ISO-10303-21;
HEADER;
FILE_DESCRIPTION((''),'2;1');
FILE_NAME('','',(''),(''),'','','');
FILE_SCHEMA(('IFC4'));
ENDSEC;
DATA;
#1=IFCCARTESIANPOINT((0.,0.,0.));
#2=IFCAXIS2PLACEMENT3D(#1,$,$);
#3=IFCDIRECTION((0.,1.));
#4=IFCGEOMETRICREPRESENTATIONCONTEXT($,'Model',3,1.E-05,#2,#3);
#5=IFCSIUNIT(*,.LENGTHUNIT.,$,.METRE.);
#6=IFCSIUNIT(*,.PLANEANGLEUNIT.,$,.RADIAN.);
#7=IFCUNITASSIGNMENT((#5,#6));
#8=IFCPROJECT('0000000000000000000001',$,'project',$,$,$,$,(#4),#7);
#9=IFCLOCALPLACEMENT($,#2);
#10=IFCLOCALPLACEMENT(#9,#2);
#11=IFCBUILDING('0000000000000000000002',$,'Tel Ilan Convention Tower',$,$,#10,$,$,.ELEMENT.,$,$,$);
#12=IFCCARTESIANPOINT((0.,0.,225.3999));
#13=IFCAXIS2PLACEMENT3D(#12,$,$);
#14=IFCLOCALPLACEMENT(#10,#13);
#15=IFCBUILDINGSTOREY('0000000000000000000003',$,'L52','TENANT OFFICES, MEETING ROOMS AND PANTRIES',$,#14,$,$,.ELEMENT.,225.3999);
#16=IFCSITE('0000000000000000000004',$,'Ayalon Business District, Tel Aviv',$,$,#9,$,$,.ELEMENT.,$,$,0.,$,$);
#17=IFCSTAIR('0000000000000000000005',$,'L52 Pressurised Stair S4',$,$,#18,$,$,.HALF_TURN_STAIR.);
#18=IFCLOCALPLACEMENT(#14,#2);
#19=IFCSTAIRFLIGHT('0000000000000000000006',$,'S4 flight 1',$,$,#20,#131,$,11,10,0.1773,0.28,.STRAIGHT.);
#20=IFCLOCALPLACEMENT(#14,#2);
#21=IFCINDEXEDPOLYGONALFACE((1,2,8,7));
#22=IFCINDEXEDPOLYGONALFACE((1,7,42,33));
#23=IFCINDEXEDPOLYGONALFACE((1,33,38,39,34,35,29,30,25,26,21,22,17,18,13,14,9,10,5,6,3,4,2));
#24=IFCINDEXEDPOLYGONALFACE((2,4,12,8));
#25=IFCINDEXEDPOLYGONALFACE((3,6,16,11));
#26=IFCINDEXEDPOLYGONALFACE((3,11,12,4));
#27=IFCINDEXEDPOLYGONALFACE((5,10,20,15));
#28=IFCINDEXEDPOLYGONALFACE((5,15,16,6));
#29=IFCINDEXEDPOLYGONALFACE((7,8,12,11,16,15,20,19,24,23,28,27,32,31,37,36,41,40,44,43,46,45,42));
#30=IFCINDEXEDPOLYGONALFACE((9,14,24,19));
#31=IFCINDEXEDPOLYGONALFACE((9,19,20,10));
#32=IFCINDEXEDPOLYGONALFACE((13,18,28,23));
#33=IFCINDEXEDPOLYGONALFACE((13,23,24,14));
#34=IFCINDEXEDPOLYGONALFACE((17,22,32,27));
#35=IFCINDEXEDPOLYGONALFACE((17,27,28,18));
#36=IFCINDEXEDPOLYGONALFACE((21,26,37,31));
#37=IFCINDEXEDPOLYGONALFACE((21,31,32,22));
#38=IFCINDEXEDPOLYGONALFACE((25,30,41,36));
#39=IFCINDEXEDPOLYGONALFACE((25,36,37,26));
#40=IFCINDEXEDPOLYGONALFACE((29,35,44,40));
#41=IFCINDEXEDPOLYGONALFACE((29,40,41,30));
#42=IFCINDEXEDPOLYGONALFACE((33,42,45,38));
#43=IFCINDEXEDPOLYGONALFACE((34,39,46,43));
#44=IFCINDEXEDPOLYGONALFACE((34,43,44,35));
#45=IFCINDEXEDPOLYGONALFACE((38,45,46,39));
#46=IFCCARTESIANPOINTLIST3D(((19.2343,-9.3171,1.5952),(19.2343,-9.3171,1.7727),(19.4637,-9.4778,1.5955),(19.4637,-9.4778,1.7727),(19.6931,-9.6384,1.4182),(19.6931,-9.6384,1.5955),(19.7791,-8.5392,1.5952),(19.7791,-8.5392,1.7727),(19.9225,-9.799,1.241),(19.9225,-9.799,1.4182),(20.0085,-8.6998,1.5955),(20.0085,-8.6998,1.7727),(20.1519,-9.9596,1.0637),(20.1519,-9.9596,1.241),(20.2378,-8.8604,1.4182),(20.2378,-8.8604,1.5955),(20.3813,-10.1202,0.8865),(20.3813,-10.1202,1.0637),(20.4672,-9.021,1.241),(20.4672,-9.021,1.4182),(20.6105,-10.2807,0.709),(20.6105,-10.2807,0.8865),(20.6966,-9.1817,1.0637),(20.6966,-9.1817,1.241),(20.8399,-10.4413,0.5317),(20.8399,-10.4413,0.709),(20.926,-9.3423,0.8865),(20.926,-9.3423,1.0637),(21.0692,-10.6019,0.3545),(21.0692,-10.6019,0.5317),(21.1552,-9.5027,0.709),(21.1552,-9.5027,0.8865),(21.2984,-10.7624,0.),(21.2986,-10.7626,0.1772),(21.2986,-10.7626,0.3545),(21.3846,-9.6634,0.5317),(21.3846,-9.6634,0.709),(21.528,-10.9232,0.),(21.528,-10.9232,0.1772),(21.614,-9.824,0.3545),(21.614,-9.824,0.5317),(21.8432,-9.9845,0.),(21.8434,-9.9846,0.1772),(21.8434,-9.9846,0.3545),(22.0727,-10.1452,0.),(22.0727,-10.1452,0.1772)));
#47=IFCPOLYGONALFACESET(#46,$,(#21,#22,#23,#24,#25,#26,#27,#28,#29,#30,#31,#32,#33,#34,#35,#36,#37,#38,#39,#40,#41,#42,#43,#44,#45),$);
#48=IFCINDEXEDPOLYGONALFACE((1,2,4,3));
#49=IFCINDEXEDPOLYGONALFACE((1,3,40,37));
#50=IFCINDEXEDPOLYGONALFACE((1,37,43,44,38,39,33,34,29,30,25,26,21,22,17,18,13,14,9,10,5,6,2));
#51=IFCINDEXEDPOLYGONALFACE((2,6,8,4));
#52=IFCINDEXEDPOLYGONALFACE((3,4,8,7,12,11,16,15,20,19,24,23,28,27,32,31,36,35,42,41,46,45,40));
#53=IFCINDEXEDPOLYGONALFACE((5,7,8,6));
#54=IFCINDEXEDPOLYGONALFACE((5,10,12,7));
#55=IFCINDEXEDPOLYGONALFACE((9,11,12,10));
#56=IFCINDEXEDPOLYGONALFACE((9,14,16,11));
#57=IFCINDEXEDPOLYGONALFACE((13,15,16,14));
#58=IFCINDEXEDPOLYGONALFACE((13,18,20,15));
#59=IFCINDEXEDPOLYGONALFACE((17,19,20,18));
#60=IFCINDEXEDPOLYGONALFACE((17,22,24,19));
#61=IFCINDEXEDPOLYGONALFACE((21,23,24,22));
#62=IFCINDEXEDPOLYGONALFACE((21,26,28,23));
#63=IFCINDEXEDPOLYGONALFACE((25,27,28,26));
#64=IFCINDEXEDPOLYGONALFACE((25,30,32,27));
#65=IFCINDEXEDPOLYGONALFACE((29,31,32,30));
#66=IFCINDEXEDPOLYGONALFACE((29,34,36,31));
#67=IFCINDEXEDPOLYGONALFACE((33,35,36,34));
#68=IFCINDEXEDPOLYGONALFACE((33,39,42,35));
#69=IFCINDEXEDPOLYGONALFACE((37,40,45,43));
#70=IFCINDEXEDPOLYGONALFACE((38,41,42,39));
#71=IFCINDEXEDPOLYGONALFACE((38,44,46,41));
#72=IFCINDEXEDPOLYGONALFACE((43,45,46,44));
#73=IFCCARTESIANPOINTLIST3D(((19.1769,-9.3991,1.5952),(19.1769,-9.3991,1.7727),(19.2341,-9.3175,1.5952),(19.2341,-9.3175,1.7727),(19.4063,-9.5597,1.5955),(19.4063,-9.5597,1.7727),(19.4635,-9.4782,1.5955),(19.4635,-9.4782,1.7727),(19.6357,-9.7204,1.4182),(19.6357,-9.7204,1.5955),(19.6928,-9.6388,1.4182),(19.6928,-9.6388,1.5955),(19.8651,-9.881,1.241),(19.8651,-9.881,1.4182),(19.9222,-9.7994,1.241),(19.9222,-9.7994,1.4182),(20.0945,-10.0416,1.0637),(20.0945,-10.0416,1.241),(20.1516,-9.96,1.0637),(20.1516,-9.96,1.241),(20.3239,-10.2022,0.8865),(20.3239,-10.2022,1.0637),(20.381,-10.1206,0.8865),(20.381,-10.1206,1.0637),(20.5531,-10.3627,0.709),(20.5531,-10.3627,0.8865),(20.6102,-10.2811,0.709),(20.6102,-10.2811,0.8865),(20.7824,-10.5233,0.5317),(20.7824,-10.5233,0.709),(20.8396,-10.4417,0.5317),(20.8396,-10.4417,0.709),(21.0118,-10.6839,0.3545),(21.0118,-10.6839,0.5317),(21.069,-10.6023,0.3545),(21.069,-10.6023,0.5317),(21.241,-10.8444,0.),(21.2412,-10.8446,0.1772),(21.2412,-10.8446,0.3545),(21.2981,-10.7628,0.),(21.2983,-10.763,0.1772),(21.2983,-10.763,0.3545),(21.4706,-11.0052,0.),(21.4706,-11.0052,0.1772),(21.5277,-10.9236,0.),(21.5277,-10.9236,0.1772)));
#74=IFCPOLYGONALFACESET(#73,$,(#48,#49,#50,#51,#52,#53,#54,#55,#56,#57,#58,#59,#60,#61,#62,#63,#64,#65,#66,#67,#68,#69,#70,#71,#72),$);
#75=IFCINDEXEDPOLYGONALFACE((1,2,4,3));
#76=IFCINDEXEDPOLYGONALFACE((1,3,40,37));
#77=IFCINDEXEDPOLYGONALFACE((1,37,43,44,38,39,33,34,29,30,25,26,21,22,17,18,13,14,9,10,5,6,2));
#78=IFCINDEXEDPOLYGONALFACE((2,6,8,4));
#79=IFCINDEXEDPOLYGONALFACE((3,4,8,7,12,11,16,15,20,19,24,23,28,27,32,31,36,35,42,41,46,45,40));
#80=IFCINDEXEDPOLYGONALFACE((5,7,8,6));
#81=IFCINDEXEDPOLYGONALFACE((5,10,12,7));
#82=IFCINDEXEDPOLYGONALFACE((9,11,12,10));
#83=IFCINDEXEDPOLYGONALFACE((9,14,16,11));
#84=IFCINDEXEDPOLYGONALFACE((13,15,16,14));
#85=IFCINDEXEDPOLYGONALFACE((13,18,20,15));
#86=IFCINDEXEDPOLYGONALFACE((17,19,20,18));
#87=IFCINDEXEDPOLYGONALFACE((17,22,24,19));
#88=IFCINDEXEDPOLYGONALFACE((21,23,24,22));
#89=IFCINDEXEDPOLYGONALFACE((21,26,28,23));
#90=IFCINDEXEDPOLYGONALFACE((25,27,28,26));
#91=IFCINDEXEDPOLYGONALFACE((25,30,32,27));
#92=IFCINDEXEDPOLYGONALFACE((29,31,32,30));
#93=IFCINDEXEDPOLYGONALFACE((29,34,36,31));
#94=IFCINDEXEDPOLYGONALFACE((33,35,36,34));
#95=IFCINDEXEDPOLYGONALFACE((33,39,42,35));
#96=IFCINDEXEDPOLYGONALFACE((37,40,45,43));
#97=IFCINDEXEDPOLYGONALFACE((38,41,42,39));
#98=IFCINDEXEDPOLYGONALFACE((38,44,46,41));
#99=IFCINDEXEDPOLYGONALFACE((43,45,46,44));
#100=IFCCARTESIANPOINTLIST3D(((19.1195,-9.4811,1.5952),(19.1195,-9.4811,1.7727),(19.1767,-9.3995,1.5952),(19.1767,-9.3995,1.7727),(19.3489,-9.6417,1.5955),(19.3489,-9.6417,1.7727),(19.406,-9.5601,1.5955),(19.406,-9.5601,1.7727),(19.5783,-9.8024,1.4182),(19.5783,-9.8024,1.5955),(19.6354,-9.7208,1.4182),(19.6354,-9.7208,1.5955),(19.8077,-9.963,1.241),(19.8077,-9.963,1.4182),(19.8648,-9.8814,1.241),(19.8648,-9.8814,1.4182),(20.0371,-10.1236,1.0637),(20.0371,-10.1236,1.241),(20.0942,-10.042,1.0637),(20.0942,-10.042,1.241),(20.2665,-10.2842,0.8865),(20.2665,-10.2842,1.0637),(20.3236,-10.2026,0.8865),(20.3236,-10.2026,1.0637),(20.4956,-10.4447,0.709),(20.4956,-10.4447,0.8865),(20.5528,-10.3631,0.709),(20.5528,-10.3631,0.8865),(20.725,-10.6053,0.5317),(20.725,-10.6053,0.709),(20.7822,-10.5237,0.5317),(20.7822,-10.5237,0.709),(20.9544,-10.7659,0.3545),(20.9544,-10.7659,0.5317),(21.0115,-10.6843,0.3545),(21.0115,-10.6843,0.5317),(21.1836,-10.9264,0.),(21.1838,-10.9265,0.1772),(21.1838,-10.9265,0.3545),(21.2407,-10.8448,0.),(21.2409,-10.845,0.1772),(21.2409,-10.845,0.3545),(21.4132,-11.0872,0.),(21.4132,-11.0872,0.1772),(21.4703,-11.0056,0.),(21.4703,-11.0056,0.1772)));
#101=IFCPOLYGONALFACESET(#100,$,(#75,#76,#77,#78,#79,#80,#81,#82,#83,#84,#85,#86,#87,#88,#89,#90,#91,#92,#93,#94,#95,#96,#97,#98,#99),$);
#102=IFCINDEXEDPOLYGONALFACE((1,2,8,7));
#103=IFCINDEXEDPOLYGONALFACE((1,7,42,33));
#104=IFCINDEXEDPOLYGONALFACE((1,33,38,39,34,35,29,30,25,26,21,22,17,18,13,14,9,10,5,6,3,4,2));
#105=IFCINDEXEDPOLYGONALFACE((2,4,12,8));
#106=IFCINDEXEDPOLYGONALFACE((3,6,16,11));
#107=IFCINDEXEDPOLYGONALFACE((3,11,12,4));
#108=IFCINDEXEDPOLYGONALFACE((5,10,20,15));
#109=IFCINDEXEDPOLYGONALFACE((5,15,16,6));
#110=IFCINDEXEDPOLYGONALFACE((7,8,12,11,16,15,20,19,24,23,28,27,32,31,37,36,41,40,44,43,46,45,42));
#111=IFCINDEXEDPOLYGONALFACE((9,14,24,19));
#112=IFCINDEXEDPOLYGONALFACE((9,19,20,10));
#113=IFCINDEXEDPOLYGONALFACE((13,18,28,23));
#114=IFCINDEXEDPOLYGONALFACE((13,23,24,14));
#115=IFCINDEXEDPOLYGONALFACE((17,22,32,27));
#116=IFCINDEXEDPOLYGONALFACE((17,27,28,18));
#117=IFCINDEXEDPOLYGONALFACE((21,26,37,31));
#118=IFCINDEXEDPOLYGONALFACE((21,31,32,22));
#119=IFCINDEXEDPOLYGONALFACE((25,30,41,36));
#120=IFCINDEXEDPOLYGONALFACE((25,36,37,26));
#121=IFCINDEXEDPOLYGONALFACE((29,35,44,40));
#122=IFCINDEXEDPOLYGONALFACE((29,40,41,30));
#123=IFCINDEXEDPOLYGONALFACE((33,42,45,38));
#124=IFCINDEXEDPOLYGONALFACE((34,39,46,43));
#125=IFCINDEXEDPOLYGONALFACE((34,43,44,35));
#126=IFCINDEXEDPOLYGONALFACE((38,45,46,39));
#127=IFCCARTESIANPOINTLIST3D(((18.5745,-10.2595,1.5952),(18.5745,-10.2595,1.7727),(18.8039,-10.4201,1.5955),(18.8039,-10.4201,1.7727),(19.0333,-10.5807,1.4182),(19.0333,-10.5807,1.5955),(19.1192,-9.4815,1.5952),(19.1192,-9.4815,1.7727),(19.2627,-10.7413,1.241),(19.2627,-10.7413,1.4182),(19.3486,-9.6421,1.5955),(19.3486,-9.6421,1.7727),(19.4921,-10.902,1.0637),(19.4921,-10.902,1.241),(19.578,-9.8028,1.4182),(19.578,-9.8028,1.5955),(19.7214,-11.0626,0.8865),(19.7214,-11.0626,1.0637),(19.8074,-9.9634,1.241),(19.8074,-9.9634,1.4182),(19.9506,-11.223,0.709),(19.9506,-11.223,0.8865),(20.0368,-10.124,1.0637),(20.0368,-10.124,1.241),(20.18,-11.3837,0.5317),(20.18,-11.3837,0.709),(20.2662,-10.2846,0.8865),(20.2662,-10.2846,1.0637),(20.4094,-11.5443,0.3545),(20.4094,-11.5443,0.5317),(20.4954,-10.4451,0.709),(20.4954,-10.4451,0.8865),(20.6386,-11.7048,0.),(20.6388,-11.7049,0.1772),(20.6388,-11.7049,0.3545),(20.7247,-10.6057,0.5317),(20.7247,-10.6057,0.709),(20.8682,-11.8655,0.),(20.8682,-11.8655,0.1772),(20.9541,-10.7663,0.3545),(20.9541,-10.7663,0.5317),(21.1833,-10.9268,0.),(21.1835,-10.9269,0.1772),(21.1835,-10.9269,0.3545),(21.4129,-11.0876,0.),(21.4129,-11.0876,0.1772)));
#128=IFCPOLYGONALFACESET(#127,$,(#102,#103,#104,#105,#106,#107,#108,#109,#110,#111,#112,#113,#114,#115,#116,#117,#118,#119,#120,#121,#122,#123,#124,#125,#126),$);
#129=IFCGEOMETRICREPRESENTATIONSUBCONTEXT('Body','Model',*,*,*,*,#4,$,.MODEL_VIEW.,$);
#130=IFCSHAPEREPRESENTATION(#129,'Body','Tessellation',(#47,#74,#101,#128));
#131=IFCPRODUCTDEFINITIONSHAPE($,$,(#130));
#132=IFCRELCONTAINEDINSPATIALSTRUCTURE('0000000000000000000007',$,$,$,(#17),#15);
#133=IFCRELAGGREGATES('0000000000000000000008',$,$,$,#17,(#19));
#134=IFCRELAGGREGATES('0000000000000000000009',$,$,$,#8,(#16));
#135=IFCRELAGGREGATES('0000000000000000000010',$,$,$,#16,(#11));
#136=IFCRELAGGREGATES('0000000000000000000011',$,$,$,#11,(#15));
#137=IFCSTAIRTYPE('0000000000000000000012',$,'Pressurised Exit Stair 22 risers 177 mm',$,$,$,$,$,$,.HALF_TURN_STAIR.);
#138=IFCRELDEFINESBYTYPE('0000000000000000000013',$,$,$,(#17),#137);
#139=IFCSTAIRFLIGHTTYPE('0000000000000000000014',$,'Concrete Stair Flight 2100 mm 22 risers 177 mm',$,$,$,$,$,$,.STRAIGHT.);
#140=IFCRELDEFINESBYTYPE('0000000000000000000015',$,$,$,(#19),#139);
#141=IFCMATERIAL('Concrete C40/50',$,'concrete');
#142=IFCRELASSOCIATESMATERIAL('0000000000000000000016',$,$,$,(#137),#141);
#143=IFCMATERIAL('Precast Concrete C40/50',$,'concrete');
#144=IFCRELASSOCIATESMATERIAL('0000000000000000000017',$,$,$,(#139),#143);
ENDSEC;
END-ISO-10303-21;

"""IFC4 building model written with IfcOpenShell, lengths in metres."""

from ifc_helpers import new_model, si_unit, direction, frame, origin, place, context, subcontext, project, spatial, polyline, outline, extrude, material, type_object, element, aggregate, save


model = new_model("IFC4")

# Units and contexts
model_context = context("Model", 3, precision=1e-05, world=origin(), true_north=direction((0.0, 1.0)))
body_context = subcontext(model_context, "Body", "Model", "MODEL_VIEW")
ifc_project = project(units=[si_unit("LENGTHUNIT", "METRE"), si_unit("PLANEANGLEUNIT", "RADIAN")], contexts=[model_context])

# Site, building, storey
site_placement = place(None, origin())
site = spatial("IfcSite", under=ifc_project, at=site_placement, Name="Ayalon Business District, Tel Aviv", CompositionType="ELEMENT", RefElevation=0.0)
building_placement = place(site_placement, origin())
building = spatial("IfcBuilding", under=site, at=building_placement, Name="Tel Ilan Convention Tower", CompositionType="ELEMENT")
storey_placement = place(building_placement, frame((0.0, 0.0, 225.3999)))
storey = spatial("IfcBuildingStorey", under=building, at=storey_placement, Name="L52", Description="TENANT OFFICES, MEETING ROOMS AND PANTRIES", CompositionType="ELEMENT", Elevation=225.3999)

# Shared definitions
ifc_material_1 = material(Name="Concrete C40/50", Category="concrete")
stair_type = type_object("IfcStairType", Name="Pressurised Exit Stair 22 risers 177 mm", PredefinedType="HALF_TURN_STAIR", material=ifc_material_1)
ifc_material_2 = material(Name="Precast Concrete C40/50", Category="concrete")
stair_flight_type = type_object("IfcStairFlightType", Name="Concrete Stair Flight 2100 mm 22 risers 177 mm", PredefinedType="STRAIGHT", material=ifc_material_2)

# Stair, stair flight
stair_1_placement = place(storey_placement, origin())
stair_1 = element("IfcStair", 1, at=stair_1_placement, inside=storey, type_object=stair_type, Name="L52 Pressurised Stair S4", PredefinedType="HALF_TURN_STAIR")
stair_flight_1_placement = place(storey_placement, frame((21.4705, -11.0054, 0.0), z_axis=(0.0, 0.0, 1.0), x_axis=(-0.819152, 0.573576, 0.0)))
stair_flight_1 = element("IfcStairFlight", 2, at=stair_flight_1_placement, type_object=stair_flight_type, Name="S4 flight 1", NumberOfRisers=11, NumberOfTreads=10, PredefinedType="STRAIGHT", RiserHeight=0.1773, TreadLength=0.28, context=body_context, shape_type="SweptSolid", body=[
    extrude(outline(polyline([(0.0, 0.0), (0.0, 0.1772), (0.28, 0.1772), (0.28, 0.3545), (0.5601, 0.3545), (0.5601, 0.5317), (0.8401, 0.5317), (0.8401, 0.709), (1.1201, 0.709), (1.1201, 0.8865), (1.3999, 0.8865), (1.3999, 1.0637), (1.6799, 1.0637), (1.6799, 1.241), (1.96, 1.241), (1.96, 1.4182), (2.24, 1.4182), (2.24, 1.5955), (2.52, 1.5955), (2.52, 1.7727), (2.8, 1.7727), (2.8, 1.95), (2.8, 1.5952), (0.2803, 0.0), (0.0, 0.0)])), frame((0.0, -0.1003, 0.0), z_axis=(0.0, -1.0, 0.0), x_axis=(1.0, 0.0, 0.0)), (0.0, 0.0, 1.0), 0.9497),
    extrude(outline(polyline([(0.0, 0.0), (0.0, 0.1772), (0.28, 0.1772), (0.28, 0.3545), (0.5601, 0.3545), (0.5601, 0.5317), (0.8401, 0.5317), (0.8401, 0.709), (1.1201, 0.709), (1.1201, 0.8865), (1.3999, 0.8865), (1.3999, 1.0637), (1.6799, 1.0637), (1.6799, 1.241), (1.96, 1.241), (1.96, 1.4182), (2.24, 1.4182), (2.24, 1.5955), (2.52, 1.5955), (2.52, 1.7727), (2.8, 1.7727), (2.8, 1.95), (2.8, 1.5952), (0.2803, 0.0), (0.0, 0.0)])), frame((0.0, -0.0002, 0.0), z_axis=(0.0, -1.0, 0.0), x_axis=(1.0, 0.0, 0.0)), (0.0, 0.0, 1.0), 0.0996),
    extrude(outline(polyline([(0.0, 0.0), (0.0, 0.1772), (0.28, 0.1772), (0.28, 0.3545), (0.5601, 0.3545), (0.5601, 0.5317), (0.8401, 0.5317), (0.8401, 0.709), (1.1201, 0.709), (1.1201, 0.8865), (1.3999, 0.8865), (1.3999, 1.0637), (1.6799, 1.0637), (1.6799, 1.241), (1.96, 1.241), (1.96, 1.4182), (2.24, 1.4182), (2.24, 1.5955), (2.52, 1.5955), (2.52, 1.7727), (2.8, 1.7727), (2.8, 1.95), (2.8, 1.5952), (0.2803, 0.0), (0.0, 0.0)])), frame((0.0, 0.0999, 0.0), z_axis=(0.0, -1.0, 0.0), x_axis=(1.0, 0.0, 0.0)), (0.0, 0.0, 1.0), 0.0996),
    extrude(outline(polyline([(0.0, 0.0), (0.0, 0.1772), (0.28, 0.1772), (0.28, 0.3545), (0.5601, 0.3545), (0.5601, 0.5317), (0.8401, 0.5317), (0.8401, 0.709), (1.1201, 0.709), (1.1201, 0.8865), (1.3999, 0.8865), (1.3999, 1.0637), (1.6799, 1.0637), (1.6799, 1.241), (1.96, 1.241), (1.96, 1.4182), (2.24, 1.4182), (2.24, 1.5955), (2.52, 1.5955), (2.52, 1.7727), (2.8, 1.7727), (2.8, 1.95), (2.8, 1.5952), (0.2803, 0.0), (0.0, 0.0)])), frame((0.0, 1.05, 0.0), z_axis=(0.0, -1.0, 0.0), x_axis=(1.0, 0.0, 0.0)), (0.0, 0.0, 1.0), 0.9497),
])
aggregate(stair_1, [stair_flight_1])

save(model, "model.ifc")
